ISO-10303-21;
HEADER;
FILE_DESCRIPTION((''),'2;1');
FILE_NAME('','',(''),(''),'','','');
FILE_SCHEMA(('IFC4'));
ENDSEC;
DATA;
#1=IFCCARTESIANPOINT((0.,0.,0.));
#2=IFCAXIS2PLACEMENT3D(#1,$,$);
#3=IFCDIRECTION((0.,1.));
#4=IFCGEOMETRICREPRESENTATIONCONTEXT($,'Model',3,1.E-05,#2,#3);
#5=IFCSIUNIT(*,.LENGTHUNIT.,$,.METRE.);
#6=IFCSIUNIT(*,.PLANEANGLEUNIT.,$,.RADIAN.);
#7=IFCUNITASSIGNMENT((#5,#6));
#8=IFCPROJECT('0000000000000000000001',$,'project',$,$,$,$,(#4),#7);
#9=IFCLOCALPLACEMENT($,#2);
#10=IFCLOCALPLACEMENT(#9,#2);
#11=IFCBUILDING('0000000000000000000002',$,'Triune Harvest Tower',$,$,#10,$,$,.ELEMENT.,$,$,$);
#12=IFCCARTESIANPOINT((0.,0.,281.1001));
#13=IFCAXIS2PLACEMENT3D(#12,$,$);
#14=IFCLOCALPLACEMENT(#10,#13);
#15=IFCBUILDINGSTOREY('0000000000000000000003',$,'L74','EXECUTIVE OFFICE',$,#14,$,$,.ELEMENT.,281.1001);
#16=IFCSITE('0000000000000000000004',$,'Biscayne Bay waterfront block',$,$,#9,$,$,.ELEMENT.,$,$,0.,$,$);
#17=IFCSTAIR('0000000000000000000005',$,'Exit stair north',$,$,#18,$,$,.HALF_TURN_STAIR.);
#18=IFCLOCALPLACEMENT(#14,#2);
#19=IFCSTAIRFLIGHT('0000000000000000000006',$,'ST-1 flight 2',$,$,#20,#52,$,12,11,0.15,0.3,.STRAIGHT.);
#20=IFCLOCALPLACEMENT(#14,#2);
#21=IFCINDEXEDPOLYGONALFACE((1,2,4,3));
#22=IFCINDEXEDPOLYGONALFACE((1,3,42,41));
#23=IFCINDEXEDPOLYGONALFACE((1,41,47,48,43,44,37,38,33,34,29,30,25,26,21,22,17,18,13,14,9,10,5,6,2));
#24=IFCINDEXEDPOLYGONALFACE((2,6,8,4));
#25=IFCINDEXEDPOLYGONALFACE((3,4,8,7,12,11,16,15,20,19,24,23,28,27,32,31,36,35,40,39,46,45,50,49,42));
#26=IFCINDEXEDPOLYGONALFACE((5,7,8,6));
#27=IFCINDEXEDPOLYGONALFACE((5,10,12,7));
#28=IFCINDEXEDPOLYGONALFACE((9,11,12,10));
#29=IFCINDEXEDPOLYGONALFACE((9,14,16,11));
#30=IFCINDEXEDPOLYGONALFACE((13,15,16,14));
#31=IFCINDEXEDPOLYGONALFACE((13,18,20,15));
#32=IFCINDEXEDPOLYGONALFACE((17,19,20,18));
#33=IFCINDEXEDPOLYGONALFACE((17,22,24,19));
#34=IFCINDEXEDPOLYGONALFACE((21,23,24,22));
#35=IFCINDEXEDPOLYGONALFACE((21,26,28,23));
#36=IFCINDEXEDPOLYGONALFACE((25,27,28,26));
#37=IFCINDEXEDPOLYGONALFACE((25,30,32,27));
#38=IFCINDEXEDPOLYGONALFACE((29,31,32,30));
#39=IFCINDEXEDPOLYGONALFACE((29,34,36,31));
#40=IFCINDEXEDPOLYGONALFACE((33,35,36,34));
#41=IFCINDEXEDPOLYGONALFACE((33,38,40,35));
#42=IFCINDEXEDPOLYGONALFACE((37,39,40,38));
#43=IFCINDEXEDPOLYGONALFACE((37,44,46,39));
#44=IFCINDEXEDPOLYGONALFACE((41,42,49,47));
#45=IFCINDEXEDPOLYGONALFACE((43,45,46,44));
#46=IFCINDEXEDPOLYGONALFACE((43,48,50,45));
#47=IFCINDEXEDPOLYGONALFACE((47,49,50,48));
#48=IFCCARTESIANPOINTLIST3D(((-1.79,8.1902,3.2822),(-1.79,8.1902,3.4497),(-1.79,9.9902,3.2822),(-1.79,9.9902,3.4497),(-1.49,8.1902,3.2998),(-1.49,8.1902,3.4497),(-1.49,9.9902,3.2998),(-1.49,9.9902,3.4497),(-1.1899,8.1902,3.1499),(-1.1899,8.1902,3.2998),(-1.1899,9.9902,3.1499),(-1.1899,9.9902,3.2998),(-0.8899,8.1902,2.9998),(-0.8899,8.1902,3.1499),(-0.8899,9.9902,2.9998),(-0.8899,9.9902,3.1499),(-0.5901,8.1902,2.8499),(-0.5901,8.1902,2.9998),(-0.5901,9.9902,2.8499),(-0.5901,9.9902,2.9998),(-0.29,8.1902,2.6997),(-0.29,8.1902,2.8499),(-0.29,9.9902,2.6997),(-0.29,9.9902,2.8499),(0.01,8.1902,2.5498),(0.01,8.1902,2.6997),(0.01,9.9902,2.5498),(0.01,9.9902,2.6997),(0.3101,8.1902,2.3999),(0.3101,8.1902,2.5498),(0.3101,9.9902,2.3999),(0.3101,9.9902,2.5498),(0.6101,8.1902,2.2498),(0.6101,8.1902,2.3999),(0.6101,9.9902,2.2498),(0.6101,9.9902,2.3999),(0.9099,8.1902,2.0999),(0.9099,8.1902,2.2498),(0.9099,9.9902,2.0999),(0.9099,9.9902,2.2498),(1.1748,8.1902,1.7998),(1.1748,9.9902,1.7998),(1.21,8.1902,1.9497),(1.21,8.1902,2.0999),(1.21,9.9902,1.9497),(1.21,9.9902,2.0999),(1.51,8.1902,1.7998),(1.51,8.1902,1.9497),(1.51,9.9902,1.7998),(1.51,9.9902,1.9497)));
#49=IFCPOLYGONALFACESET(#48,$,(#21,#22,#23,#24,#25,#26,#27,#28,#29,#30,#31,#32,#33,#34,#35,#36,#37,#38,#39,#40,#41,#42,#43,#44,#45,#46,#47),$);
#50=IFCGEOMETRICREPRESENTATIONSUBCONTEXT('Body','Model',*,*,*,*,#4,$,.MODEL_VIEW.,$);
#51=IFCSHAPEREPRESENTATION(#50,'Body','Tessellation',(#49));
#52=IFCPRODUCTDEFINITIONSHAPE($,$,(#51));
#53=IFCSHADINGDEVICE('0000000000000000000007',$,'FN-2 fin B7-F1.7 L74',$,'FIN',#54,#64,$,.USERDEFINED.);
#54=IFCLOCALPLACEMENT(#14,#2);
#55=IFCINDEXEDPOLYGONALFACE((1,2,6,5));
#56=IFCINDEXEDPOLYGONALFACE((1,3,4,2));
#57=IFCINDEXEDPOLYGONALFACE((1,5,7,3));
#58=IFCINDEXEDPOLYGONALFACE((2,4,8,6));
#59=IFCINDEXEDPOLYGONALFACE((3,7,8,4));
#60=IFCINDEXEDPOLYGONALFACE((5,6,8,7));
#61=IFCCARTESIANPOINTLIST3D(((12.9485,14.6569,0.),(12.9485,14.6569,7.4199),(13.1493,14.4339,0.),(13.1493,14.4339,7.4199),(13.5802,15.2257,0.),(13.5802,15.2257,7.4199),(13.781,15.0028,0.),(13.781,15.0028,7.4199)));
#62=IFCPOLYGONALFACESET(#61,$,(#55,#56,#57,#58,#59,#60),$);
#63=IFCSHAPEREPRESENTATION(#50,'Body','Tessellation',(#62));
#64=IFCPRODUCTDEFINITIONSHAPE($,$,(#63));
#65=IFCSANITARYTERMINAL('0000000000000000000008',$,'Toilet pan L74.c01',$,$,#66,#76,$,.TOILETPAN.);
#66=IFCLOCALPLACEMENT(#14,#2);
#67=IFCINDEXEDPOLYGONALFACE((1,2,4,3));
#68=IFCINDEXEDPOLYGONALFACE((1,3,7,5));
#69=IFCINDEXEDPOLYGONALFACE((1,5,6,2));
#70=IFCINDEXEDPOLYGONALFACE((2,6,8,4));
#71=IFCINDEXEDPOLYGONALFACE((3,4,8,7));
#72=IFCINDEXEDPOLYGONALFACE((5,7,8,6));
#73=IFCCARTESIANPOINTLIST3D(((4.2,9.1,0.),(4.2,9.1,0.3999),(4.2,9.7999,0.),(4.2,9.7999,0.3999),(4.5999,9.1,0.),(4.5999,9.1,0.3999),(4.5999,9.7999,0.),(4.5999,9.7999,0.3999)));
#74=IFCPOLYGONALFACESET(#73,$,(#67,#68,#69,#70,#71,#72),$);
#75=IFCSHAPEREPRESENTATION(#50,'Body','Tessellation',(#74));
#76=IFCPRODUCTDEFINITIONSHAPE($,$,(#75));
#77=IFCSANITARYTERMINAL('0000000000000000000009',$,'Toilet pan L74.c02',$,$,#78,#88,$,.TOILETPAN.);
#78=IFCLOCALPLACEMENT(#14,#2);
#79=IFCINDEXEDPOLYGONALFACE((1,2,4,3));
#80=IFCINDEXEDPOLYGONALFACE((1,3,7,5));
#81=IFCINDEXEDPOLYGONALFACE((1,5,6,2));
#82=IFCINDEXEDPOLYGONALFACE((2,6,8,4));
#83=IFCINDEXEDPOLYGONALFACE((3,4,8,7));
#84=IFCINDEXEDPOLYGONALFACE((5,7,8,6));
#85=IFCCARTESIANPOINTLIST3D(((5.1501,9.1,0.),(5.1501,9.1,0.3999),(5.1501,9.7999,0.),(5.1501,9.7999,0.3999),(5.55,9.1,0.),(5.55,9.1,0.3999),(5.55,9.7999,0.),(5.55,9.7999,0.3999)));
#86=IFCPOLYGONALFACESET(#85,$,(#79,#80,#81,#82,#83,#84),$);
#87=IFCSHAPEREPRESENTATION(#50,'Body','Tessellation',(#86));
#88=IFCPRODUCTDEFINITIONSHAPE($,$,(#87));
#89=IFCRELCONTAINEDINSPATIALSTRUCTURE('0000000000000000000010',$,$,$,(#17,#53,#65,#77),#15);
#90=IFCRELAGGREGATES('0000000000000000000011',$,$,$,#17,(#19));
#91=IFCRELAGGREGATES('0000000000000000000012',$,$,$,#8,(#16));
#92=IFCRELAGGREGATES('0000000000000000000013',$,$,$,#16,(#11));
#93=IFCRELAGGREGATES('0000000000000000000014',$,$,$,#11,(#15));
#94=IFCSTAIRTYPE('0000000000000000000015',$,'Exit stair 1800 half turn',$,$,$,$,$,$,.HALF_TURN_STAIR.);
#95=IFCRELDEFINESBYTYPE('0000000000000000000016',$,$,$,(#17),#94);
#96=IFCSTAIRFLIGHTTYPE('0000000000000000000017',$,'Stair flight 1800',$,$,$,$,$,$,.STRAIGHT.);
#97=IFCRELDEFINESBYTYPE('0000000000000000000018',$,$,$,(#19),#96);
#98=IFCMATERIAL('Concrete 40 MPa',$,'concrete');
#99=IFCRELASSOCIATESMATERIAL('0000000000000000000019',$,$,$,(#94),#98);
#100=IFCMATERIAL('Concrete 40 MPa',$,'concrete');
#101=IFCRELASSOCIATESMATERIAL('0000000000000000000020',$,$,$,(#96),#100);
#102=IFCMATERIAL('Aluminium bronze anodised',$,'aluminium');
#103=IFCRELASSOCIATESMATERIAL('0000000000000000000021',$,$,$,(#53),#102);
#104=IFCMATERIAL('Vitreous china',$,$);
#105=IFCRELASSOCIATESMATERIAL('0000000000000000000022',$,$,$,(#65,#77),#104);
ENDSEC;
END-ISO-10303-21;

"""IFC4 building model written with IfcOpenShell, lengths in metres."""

from ifc_helpers import new_model, si_unit, direction, frame, origin, origin_2d, place, context, subcontext, project, spatial, polyline, rectangle, outline, extrude, source, transform, mapped, material, type_object, element, aggregate, save


model = new_model("IFC4")

# Units and contexts
model_context = context("Model", 3, precision=1e-05, world=origin(), true_north=direction((0.0, 1.0)))
body_context = subcontext(model_context, "Body", "Model", "MODEL_VIEW")
ifc_project = project(units=[si_unit("LENGTHUNIT", "METRE"), si_unit("PLANEANGLEUNIT", "RADIAN")], contexts=[model_context])

# Site, building, storey
site_placement = place(None, origin())
site = spatial("IfcSite", under=ifc_project, at=site_placement, Name="Biscayne Bay waterfront block", CompositionType="ELEMENT", RefElevation=0.0)
building_placement = place(site_placement, origin())
building = spatial("IfcBuilding", under=site, at=building_placement, Name="Triune Harvest Tower", CompositionType="ELEMENT")
storey_placement = place(building_placement, frame((0.0, 0.0, 281.1001)))
storey = spatial("IfcBuildingStorey", under=building, at=storey_placement, Name="L74", Description="EXECUTIVE OFFICE", CompositionType="ELEMENT", Elevation=281.1001)

# Stair, stair flight
ifc_material_1 = material(Name="Concrete 40 MPa", Category="concrete")
stair_type = type_object("IfcStairType", Name="Exit stair 1800 half turn", PredefinedType="HALF_TURN_STAIR", material=ifc_material_1)
stair_placement = place(storey_placement, origin())
stair = element("IfcStair", 1, at=stair_placement, inside=storey, type_object=stair_type, Name="Exit stair north", PredefinedType="HALF_TURN_STAIR")
ifc_material_2 = material(Name="Concrete 40 MPa", Category="concrete")
stair_flight_type = type_object("IfcStairFlightType", Name="Stair flight 1800", PredefinedType="STRAIGHT", material=ifc_material_2)
shared_shape_1 = source(origin(), body_context, "Body", "SweptSolid", [
    extrude(outline(polyline([(0.0, 0.0), (0.0, 0.1499), (0.3, 0.1499), (0.3, 0.3), (0.6001, 0.3), (0.6001, 0.45), (0.8999, 0.45), (0.8999, 0.6001), (1.2, 0.6001), (1.2, 0.75), (1.5, 0.75), (1.5, 0.8999), (1.8, 0.8999), (1.8, 1.05), (2.1001, 1.05), (2.1001, 1.2), (2.3999, 1.2), (2.3999, 1.3501), (2.7, 1.3501), (2.7, 1.5), (3.0, 1.5), (3.0, 1.6499), (3.3, 1.6499), (3.3, 1.8), (3.3, 1.4824), (0.3352, 0.0), (0.0, 0.0)])), frame((0.0, 0.8999, 0.0), z_axis=(0.0, -1.0, 0.0), x_axis=(1.0, 0.0, 0.0)), (0.0, 0.0, 1.0), 1.8),
])
stair_flight_placement = place(storey_placement, frame((1.51, 9.0901, 1.7998), z_axis=(0.0, 0.0, 1.0), x_axis=(-1.0, 0.0, 0.0)))
stair_flight = element("IfcStairFlight", 2, at=stair_flight_placement, type_object=stair_flight_type, Name="ST-1 flight 2", NumberOfRisers=12, NumberOfTreads=11, PredefinedType="STRAIGHT", RiserHeight=0.15, TreadLength=0.3, context=body_context, shape_type="MappedRepresentation", body=[
    mapped(shared_shape_1, transform((0.0, 0.0, 0.0), scale=1.0)),
])
aggregate(stair, [stair_flight])

# Shading device
ifc_material_3 = material(Name="Aluminium bronze anodised", Category="aluminium")
shared_shape_2 = source(origin(), body_context, "Body", "SweptSolid", [
    extrude(rectangle(XDim=0.3, YDim=0.8501, at=origin_2d()), origin(), (0.0, 0.0, 1.0), 7.4199),
])
shading_device_placement = place(storey_placement, frame((13.3647, 14.8298, 0.0), z_axis=(0.0, 0.0, 1.0), x_axis=(-0.669131, 0.743144, 0.0)))
element("IfcShadingDevice", 3, at=shading_device_placement, inside=storey, material=ifc_material_3, Name="FN-2 fin B7-F1.7 L74", ObjectType="FIN", PredefinedType="USERDEFINED", context=body_context, shape_type="MappedRepresentation", body=[
    mapped(shared_shape_2, transform((0.0, 0.0, 0.0), scale=1.0)),
])

# Sanitary terminals
ifc_material_4 = material(Name="Vitreous china")
shared_shape_3 = source(origin(), body_context, "Body", "SweptSolid", [
    extrude(rectangle(XDim=0.3999, YDim=0.7, at=origin_2d()), origin(), (0.0, 0.0, 1.0), 0.3999),
])
for number, where, z_axis, x_axis, name in (
    (4, (4.3999, 9.45, 0.0), (0.0, 0.0, 1.0), (1.0, 0.0, 0.0), "Toilet pan L74.c01"),
    (5, (5.3501, 9.45, 0.0), (0.0, 0.0, 1.0), (1.0, 0.0, 0.0), "Toilet pan L74.c02"),
):
    element("IfcSanitaryTerminal", number, at=place(storey_placement, frame(where, z_axis=z_axis, x_axis=x_axis)), inside=storey, material=ifc_material_4, Name=name, PredefinedType="TOILETPAN", context=body_context, shape_type="MappedRepresentation", body=[
        mapped(shared_shape_3, transform((0.0, 0.0, 0.0), scale=1.0)),
    ])

save(model, "model.ifc")
